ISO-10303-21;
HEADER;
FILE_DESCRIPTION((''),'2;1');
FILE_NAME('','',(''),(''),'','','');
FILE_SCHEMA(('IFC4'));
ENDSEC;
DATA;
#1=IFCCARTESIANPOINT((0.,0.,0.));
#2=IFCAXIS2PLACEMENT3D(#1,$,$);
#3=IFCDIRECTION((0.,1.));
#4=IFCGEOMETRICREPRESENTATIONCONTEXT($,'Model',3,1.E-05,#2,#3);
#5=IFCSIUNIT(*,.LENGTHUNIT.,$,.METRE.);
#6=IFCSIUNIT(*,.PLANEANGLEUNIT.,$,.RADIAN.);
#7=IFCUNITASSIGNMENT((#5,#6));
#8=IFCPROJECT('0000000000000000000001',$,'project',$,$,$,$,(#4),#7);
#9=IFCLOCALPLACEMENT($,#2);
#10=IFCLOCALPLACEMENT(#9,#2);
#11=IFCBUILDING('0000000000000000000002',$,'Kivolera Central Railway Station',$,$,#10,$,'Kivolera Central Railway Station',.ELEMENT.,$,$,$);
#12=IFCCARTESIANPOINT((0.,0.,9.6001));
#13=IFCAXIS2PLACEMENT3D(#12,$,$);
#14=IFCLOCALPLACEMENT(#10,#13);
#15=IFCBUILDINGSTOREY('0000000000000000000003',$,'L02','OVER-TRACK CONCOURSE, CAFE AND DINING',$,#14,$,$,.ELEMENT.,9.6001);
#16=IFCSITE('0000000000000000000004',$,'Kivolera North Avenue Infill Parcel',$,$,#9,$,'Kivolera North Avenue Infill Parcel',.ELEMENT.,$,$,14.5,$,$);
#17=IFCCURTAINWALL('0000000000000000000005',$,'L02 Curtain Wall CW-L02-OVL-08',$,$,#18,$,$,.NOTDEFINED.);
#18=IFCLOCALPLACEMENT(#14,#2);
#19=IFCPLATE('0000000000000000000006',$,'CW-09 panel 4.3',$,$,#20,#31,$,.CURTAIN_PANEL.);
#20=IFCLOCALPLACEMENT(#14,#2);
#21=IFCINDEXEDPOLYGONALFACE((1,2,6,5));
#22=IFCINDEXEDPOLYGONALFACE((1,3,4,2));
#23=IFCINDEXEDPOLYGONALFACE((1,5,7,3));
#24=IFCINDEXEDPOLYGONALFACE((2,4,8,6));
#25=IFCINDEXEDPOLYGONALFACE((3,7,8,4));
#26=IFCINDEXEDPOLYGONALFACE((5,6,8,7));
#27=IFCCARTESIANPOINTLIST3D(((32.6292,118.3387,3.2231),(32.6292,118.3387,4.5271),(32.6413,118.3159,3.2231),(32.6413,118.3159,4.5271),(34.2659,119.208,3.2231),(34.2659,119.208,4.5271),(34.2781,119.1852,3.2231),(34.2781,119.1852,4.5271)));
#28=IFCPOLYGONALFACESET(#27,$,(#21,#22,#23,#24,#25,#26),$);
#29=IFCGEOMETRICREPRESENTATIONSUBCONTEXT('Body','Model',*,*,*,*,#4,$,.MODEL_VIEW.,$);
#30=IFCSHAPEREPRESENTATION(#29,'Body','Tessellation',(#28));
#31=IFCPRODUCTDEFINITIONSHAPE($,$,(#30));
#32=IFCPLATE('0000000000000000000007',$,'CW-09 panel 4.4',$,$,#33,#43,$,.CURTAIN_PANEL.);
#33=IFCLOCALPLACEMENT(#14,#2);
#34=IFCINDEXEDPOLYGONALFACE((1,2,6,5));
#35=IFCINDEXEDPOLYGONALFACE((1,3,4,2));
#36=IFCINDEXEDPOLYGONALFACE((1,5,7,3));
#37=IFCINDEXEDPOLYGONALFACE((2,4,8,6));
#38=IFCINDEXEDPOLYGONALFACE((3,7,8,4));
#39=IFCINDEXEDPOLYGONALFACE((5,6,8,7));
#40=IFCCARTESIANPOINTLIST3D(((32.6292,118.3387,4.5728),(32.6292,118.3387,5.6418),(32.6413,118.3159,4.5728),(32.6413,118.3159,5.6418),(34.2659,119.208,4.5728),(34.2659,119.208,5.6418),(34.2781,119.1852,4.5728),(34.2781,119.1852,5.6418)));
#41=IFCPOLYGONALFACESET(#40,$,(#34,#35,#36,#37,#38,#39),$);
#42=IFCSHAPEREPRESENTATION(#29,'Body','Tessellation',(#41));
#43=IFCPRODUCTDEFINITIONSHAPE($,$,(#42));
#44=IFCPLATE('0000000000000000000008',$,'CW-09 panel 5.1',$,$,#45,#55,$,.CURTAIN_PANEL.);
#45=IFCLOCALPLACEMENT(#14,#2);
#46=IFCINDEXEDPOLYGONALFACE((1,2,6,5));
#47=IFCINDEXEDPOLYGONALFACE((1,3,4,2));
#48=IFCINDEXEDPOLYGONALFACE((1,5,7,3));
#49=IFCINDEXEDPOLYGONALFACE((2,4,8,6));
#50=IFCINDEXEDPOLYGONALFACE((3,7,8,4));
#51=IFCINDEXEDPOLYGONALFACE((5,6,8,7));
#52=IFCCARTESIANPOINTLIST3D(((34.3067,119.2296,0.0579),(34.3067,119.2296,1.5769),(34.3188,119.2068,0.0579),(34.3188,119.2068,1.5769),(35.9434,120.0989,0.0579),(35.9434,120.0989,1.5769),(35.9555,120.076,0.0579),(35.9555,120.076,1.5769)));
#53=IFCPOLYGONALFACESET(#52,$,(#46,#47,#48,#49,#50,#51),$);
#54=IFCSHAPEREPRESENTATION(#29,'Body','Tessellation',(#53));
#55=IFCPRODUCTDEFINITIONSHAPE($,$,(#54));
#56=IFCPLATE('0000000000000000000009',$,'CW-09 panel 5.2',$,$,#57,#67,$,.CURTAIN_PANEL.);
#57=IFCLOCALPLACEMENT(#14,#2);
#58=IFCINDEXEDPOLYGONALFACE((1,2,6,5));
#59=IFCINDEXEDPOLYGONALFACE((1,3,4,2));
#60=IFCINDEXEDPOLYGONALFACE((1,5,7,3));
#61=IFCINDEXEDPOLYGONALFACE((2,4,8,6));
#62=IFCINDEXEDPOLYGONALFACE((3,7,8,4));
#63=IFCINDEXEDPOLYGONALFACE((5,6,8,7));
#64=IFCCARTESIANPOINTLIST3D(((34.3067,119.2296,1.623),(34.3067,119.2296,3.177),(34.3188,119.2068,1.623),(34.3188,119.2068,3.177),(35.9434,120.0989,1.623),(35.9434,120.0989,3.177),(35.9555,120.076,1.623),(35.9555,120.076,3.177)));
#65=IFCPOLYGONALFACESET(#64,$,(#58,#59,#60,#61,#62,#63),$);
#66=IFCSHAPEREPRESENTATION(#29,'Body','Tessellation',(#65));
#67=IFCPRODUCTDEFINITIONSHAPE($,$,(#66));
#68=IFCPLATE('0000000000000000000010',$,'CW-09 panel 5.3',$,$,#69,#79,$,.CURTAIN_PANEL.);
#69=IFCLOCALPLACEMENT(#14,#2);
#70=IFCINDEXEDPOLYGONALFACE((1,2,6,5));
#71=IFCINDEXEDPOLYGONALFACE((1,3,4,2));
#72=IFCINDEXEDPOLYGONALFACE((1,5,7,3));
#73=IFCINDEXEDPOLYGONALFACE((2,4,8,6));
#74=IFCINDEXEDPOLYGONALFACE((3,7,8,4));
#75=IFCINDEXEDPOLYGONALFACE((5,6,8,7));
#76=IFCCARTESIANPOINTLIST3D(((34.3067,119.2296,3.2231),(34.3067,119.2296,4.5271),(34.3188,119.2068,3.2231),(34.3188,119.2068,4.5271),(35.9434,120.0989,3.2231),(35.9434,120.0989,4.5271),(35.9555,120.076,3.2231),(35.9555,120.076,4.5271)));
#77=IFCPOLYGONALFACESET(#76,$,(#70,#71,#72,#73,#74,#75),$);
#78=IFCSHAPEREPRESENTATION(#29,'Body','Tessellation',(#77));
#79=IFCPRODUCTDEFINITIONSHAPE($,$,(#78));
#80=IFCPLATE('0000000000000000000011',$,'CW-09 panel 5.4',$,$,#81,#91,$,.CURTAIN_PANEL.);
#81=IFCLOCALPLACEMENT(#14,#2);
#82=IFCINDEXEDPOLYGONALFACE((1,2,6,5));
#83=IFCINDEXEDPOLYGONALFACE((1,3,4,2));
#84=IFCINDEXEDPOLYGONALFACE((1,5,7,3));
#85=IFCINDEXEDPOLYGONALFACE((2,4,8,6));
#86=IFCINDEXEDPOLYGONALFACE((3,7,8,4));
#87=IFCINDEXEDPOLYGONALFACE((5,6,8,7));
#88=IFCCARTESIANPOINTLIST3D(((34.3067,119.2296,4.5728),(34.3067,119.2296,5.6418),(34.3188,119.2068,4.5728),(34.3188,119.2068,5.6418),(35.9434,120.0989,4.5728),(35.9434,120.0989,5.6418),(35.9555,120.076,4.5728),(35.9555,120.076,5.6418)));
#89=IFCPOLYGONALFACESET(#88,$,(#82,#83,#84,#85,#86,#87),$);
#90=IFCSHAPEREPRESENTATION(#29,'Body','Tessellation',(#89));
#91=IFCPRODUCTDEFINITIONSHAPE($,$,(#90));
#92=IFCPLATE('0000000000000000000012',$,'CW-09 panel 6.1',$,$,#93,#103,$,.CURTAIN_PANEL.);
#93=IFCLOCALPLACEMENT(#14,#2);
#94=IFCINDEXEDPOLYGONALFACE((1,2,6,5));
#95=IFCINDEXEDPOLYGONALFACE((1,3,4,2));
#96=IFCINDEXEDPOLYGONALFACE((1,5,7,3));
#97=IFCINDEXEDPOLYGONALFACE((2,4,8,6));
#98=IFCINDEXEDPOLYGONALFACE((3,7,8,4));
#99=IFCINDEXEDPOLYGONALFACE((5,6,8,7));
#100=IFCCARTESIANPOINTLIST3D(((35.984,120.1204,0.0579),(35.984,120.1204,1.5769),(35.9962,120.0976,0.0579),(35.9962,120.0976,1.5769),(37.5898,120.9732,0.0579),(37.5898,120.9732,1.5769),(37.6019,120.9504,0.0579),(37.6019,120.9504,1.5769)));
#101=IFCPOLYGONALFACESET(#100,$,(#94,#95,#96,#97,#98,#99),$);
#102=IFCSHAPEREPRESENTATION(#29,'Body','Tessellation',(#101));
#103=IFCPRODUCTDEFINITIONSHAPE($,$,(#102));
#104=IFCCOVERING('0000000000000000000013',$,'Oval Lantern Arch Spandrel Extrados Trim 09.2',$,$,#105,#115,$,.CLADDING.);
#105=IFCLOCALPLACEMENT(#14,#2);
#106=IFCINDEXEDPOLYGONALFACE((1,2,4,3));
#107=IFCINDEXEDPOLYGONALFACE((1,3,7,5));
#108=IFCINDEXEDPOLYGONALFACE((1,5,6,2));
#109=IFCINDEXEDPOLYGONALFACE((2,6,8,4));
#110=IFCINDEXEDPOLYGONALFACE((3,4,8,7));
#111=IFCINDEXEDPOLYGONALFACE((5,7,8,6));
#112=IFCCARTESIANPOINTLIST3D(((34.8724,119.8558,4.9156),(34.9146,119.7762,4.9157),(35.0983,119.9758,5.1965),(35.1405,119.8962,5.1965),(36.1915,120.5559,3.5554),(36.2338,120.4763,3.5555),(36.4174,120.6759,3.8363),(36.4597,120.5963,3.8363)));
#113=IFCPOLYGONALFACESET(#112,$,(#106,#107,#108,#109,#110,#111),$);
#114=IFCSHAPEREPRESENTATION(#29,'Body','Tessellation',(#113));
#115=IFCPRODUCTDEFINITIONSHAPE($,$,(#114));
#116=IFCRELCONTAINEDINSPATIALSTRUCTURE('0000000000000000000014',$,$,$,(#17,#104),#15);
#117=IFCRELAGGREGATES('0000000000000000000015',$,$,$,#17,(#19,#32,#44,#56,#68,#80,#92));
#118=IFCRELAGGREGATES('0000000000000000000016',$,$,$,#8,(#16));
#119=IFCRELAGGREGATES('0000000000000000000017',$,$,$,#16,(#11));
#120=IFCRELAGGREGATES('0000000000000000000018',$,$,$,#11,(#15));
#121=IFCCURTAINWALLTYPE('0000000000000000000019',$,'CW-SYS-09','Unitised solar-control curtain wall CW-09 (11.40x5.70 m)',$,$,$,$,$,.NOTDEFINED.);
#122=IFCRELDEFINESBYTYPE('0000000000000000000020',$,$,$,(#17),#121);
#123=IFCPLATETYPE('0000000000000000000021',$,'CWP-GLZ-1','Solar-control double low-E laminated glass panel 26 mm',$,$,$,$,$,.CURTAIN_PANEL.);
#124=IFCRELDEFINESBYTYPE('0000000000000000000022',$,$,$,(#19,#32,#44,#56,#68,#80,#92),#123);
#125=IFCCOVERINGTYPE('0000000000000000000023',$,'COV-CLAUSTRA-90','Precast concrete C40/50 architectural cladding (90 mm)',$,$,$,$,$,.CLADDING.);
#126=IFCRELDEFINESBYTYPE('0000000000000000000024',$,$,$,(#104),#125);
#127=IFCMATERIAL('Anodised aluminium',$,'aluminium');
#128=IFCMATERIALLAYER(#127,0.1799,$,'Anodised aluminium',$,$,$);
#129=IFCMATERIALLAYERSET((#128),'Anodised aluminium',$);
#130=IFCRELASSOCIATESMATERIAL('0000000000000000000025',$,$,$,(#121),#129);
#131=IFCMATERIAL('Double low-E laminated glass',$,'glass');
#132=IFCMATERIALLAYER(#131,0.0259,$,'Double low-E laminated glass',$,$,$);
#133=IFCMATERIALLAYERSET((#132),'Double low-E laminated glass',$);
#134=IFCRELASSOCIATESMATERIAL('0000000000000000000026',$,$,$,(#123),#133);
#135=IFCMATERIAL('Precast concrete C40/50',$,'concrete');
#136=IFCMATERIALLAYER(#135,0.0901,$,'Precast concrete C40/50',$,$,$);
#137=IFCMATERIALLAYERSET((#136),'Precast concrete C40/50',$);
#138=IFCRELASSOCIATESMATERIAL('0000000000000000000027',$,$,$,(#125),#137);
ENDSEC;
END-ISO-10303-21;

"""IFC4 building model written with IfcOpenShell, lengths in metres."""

from ifc_helpers import new_model, si_unit, direction, frame, origin, origin_2d, place, context, subcontext, project, spatial, rectangle, extrude, material, layer, layer_set, type_object, element, aggregate, save


model = new_model("IFC4")

# Units and contexts
model_context = context("Model", 3, precision=1e-05, world=origin(), true_north=direction((0.0, 1.0)))
body_context = subcontext(model_context, "Body", "Model", "MODEL_VIEW")
ifc_project = project(units=[si_unit("LENGTHUNIT", "METRE"), si_unit("PLANEANGLEUNIT", "RADIAN")], contexts=[model_context])

# Site, building, storey
site_placement = place(None, origin())
site = spatial("IfcSite", under=ifc_project, at=site_placement, Name="Kivolera North Avenue Infill Parcel", LongName="Kivolera North Avenue Infill Parcel", CompositionType="ELEMENT", RefElevation=14.5)
building_placement = place(site_placement, origin())
building = spatial("IfcBuilding", under=site, at=building_placement, Name="Kivolera Central Railway Station", LongName="Kivolera Central Railway Station", CompositionType="ELEMENT")
storey_placement = place(building_placement, frame((0.0, 0.0, 9.6001)))
storey = spatial("IfcBuildingStorey", under=building, at=storey_placement, Name="L02", Description="OVER-TRACK CONCOURSE, CAFE AND DINING", CompositionType="ELEMENT", Elevation=9.6001)

# Curtain wall, plates
ifc_material_1 = material(Name="Anodised aluminium", Category="aluminium")
ifc_layer_1 = layer(ifc_material_1, 0.1799, Name="Anodised aluminium")
ifc_layer_set_1 = layer_set([ifc_layer_1], Name="Anodised aluminium")
curtain_wall_type = type_object("IfcCurtainWallType", Name="CW-SYS-09", Description="Unitised solar-control curtain wall CW-09 (11.40x5.70 m)", PredefinedType="NOTDEFINED", material=ifc_layer_set_1)
curtain_wall_placement = place(storey_placement, origin())
curtain_wall = element("IfcCurtainWall", 1, at=curtain_wall_placement, inside=storey, type_object=curtain_wall_type, Name="L02 Curtain Wall CW-L02-OVL-08", PredefinedType="NOTDEFINED")
ifc_material_2 = material(Name="Double low-E laminated glass", Category="glass")
ifc_layer_2 = layer(ifc_material_2, 0.0259, Name="Double low-E laminated glass")
ifc_layer_set_2 = layer_set([ifc_layer_2], Name="Double low-E laminated glass")
plate_type = type_object("IfcPlateType", Name="CWP-GLZ-1", Description="Solar-control double low-E laminated glass panel 26 mm", PredefinedType="CURTAIN_PANEL", material=ifc_layer_set_2)
plate_1_placement = place(storey_placement, frame((33.4536, 118.762, 3.2231), z_axis=(0.0, 0.0, 1.0), x_axis=(0.88317, 0.469053, 0.0)))
plate_1 = element("IfcPlate", 2, at=plate_1_placement, type_object=plate_type, Name="CW-09 panel 4.3", PredefinedType="CURTAIN_PANEL", context=body_context, shape_type="SweptSolid", body=[
    extrude(rectangle(XDim=1.8533, YDim=0.0259, at=origin_2d()), origin(), (0.0, 0.0, 1.0), 1.304),
])
plate_2_placement = place(storey_placement, frame((33.4536, 118.762, 4.5728), z_axis=(0.0, 0.0, 1.0), x_axis=(0.88317, 0.469053, 0.0)))
plate_2 = element("IfcPlate", 3, at=plate_2_placement, type_object=plate_type, Name="CW-09 panel 4.4", PredefinedType="CURTAIN_PANEL", context=body_context, shape_type="SweptSolid", body=[
    extrude(rectangle(XDim=1.8533, YDim=0.0259, at=origin_2d()), origin(), (0.0, 0.0, 1.0), 1.0691),
])
plate_3_placement = place(storey_placement, frame((35.1311, 119.6528, 0.0579), z_axis=(0.0, 0.0, 1.0), x_axis=(0.88317, 0.469053, 0.0)))
plate_3 = element("IfcPlate", 4, at=plate_3_placement, type_object=plate_type, Name="CW-09 panel 5.1", PredefinedType="CURTAIN_PANEL", context=body_context, shape_type="SweptSolid", body=[
    extrude(rectangle(XDim=1.8533, YDim=0.0259, at=origin_2d()), origin(), (0.0, 0.0, 1.0), 1.519),
])
plate_4_placement = place(storey_placement, frame((35.1311, 119.6528, 1.623), z_axis=(0.0, 0.0, 1.0), x_axis=(0.88317, 0.469053, 0.0)))
plate_4 = element("IfcPlate", 5, at=plate_4_placement, type_object=plate_type, Name="CW-09 panel 5.2", PredefinedType="CURTAIN_PANEL", context=body_context, shape_type="SweptSolid", body=[
    extrude(rectangle(XDim=1.8533, YDim=0.0259, at=origin_2d()), origin(), (0.0, 0.0, 1.0), 1.554),
])
plate_5_placement = place(storey_placement, frame((35.1311, 119.6528, 3.2231), z_axis=(0.0, 0.0, 1.0), x_axis=(0.88317, 0.469053, 0.0)))
plate_5 = element("IfcPlate", 6, at=plate_5_placement, type_object=plate_type, Name="CW-09 panel 5.3", PredefinedType="CURTAIN_PANEL", context=body_context, shape_type="SweptSolid", body=[
    extrude(rectangle(XDim=1.8533, YDim=0.0259, at=origin_2d()), origin(), (0.0, 0.0, 1.0), 1.304),
])
plate_6_placement = place(storey_placement, frame((35.1311, 119.6528, 4.5728), z_axis=(0.0, 0.0, 1.0), x_axis=(0.88317, 0.469053, 0.0)))
plate_6 = element("IfcPlate", 7, at=plate_6_placement, type_object=plate_type, Name="CW-09 panel 5.4", PredefinedType="CURTAIN_PANEL", context=body_context, shape_type="SweptSolid", body=[
    extrude(rectangle(XDim=1.8533, YDim=0.0259, at=origin_2d()), origin(), (0.0, 0.0, 1.0), 1.0691),
])
plate_7_placement = place(storey_placement, frame((36.793, 120.5354, 0.0579), z_axis=(0.0, 0.0, 1.0), x_axis=(0.88317, 0.469053, 0.0)))
plate_7 = element("IfcPlate", 8, at=plate_7_placement, type_object=plate_type, Name="CW-09 panel 6.1", PredefinedType="CURTAIN_PANEL", context=body_context, shape_type="SweptSolid", body=[
    extrude(rectangle(XDim=1.8181, YDim=0.0259, at=origin_2d()), origin(), (0.0, 0.0, 1.0), 1.519),
])
aggregate(curtain_wall, [plate_1, plate_2, plate_3, plate_4, plate_5, plate_6, plate_7])

# Covering
ifc_material_3 = material(Name="Precast concrete C40/50", Category="concrete")
ifc_layer_3 = layer(ifc_material_3, 0.0901, Name="Precast concrete C40/50")
ifc_layer_set_3 = layer_set([ifc_layer_3], Name="Precast concrete C40/50")
covering_type = type_object("IfcCoveringType", Name="COV-CLAUSTRA-90", Description="Precast concrete C40/50 architectural cladding (90 mm)", PredefinedType="CLADDING", material=ifc_layer_set_3)
covering_placement = place(storey_placement, frame((35.666, 120.2261, 4.376), z_axis=(-0.653053, -0.346579, 0.673353), x_axis=(-0.469119, 0.883135, 0.0)))
element("IfcCovering", 9, at=covering_placement, inside=storey, type_object=covering_type, Name="Oval Lantern Arch Spandrel Extrados Trim 09.2", PredefinedType="CLADDING", context=body_context, shape_type="SweptSolid", body=[
    extrude(rectangle(XDim=0.0901, YDim=0.3799, at=origin_2d()), frame((0.0, 0.0, -1.01)), (0.0, 0.0, 1.0), 2.02),
])

save(model, "model.ifc")
